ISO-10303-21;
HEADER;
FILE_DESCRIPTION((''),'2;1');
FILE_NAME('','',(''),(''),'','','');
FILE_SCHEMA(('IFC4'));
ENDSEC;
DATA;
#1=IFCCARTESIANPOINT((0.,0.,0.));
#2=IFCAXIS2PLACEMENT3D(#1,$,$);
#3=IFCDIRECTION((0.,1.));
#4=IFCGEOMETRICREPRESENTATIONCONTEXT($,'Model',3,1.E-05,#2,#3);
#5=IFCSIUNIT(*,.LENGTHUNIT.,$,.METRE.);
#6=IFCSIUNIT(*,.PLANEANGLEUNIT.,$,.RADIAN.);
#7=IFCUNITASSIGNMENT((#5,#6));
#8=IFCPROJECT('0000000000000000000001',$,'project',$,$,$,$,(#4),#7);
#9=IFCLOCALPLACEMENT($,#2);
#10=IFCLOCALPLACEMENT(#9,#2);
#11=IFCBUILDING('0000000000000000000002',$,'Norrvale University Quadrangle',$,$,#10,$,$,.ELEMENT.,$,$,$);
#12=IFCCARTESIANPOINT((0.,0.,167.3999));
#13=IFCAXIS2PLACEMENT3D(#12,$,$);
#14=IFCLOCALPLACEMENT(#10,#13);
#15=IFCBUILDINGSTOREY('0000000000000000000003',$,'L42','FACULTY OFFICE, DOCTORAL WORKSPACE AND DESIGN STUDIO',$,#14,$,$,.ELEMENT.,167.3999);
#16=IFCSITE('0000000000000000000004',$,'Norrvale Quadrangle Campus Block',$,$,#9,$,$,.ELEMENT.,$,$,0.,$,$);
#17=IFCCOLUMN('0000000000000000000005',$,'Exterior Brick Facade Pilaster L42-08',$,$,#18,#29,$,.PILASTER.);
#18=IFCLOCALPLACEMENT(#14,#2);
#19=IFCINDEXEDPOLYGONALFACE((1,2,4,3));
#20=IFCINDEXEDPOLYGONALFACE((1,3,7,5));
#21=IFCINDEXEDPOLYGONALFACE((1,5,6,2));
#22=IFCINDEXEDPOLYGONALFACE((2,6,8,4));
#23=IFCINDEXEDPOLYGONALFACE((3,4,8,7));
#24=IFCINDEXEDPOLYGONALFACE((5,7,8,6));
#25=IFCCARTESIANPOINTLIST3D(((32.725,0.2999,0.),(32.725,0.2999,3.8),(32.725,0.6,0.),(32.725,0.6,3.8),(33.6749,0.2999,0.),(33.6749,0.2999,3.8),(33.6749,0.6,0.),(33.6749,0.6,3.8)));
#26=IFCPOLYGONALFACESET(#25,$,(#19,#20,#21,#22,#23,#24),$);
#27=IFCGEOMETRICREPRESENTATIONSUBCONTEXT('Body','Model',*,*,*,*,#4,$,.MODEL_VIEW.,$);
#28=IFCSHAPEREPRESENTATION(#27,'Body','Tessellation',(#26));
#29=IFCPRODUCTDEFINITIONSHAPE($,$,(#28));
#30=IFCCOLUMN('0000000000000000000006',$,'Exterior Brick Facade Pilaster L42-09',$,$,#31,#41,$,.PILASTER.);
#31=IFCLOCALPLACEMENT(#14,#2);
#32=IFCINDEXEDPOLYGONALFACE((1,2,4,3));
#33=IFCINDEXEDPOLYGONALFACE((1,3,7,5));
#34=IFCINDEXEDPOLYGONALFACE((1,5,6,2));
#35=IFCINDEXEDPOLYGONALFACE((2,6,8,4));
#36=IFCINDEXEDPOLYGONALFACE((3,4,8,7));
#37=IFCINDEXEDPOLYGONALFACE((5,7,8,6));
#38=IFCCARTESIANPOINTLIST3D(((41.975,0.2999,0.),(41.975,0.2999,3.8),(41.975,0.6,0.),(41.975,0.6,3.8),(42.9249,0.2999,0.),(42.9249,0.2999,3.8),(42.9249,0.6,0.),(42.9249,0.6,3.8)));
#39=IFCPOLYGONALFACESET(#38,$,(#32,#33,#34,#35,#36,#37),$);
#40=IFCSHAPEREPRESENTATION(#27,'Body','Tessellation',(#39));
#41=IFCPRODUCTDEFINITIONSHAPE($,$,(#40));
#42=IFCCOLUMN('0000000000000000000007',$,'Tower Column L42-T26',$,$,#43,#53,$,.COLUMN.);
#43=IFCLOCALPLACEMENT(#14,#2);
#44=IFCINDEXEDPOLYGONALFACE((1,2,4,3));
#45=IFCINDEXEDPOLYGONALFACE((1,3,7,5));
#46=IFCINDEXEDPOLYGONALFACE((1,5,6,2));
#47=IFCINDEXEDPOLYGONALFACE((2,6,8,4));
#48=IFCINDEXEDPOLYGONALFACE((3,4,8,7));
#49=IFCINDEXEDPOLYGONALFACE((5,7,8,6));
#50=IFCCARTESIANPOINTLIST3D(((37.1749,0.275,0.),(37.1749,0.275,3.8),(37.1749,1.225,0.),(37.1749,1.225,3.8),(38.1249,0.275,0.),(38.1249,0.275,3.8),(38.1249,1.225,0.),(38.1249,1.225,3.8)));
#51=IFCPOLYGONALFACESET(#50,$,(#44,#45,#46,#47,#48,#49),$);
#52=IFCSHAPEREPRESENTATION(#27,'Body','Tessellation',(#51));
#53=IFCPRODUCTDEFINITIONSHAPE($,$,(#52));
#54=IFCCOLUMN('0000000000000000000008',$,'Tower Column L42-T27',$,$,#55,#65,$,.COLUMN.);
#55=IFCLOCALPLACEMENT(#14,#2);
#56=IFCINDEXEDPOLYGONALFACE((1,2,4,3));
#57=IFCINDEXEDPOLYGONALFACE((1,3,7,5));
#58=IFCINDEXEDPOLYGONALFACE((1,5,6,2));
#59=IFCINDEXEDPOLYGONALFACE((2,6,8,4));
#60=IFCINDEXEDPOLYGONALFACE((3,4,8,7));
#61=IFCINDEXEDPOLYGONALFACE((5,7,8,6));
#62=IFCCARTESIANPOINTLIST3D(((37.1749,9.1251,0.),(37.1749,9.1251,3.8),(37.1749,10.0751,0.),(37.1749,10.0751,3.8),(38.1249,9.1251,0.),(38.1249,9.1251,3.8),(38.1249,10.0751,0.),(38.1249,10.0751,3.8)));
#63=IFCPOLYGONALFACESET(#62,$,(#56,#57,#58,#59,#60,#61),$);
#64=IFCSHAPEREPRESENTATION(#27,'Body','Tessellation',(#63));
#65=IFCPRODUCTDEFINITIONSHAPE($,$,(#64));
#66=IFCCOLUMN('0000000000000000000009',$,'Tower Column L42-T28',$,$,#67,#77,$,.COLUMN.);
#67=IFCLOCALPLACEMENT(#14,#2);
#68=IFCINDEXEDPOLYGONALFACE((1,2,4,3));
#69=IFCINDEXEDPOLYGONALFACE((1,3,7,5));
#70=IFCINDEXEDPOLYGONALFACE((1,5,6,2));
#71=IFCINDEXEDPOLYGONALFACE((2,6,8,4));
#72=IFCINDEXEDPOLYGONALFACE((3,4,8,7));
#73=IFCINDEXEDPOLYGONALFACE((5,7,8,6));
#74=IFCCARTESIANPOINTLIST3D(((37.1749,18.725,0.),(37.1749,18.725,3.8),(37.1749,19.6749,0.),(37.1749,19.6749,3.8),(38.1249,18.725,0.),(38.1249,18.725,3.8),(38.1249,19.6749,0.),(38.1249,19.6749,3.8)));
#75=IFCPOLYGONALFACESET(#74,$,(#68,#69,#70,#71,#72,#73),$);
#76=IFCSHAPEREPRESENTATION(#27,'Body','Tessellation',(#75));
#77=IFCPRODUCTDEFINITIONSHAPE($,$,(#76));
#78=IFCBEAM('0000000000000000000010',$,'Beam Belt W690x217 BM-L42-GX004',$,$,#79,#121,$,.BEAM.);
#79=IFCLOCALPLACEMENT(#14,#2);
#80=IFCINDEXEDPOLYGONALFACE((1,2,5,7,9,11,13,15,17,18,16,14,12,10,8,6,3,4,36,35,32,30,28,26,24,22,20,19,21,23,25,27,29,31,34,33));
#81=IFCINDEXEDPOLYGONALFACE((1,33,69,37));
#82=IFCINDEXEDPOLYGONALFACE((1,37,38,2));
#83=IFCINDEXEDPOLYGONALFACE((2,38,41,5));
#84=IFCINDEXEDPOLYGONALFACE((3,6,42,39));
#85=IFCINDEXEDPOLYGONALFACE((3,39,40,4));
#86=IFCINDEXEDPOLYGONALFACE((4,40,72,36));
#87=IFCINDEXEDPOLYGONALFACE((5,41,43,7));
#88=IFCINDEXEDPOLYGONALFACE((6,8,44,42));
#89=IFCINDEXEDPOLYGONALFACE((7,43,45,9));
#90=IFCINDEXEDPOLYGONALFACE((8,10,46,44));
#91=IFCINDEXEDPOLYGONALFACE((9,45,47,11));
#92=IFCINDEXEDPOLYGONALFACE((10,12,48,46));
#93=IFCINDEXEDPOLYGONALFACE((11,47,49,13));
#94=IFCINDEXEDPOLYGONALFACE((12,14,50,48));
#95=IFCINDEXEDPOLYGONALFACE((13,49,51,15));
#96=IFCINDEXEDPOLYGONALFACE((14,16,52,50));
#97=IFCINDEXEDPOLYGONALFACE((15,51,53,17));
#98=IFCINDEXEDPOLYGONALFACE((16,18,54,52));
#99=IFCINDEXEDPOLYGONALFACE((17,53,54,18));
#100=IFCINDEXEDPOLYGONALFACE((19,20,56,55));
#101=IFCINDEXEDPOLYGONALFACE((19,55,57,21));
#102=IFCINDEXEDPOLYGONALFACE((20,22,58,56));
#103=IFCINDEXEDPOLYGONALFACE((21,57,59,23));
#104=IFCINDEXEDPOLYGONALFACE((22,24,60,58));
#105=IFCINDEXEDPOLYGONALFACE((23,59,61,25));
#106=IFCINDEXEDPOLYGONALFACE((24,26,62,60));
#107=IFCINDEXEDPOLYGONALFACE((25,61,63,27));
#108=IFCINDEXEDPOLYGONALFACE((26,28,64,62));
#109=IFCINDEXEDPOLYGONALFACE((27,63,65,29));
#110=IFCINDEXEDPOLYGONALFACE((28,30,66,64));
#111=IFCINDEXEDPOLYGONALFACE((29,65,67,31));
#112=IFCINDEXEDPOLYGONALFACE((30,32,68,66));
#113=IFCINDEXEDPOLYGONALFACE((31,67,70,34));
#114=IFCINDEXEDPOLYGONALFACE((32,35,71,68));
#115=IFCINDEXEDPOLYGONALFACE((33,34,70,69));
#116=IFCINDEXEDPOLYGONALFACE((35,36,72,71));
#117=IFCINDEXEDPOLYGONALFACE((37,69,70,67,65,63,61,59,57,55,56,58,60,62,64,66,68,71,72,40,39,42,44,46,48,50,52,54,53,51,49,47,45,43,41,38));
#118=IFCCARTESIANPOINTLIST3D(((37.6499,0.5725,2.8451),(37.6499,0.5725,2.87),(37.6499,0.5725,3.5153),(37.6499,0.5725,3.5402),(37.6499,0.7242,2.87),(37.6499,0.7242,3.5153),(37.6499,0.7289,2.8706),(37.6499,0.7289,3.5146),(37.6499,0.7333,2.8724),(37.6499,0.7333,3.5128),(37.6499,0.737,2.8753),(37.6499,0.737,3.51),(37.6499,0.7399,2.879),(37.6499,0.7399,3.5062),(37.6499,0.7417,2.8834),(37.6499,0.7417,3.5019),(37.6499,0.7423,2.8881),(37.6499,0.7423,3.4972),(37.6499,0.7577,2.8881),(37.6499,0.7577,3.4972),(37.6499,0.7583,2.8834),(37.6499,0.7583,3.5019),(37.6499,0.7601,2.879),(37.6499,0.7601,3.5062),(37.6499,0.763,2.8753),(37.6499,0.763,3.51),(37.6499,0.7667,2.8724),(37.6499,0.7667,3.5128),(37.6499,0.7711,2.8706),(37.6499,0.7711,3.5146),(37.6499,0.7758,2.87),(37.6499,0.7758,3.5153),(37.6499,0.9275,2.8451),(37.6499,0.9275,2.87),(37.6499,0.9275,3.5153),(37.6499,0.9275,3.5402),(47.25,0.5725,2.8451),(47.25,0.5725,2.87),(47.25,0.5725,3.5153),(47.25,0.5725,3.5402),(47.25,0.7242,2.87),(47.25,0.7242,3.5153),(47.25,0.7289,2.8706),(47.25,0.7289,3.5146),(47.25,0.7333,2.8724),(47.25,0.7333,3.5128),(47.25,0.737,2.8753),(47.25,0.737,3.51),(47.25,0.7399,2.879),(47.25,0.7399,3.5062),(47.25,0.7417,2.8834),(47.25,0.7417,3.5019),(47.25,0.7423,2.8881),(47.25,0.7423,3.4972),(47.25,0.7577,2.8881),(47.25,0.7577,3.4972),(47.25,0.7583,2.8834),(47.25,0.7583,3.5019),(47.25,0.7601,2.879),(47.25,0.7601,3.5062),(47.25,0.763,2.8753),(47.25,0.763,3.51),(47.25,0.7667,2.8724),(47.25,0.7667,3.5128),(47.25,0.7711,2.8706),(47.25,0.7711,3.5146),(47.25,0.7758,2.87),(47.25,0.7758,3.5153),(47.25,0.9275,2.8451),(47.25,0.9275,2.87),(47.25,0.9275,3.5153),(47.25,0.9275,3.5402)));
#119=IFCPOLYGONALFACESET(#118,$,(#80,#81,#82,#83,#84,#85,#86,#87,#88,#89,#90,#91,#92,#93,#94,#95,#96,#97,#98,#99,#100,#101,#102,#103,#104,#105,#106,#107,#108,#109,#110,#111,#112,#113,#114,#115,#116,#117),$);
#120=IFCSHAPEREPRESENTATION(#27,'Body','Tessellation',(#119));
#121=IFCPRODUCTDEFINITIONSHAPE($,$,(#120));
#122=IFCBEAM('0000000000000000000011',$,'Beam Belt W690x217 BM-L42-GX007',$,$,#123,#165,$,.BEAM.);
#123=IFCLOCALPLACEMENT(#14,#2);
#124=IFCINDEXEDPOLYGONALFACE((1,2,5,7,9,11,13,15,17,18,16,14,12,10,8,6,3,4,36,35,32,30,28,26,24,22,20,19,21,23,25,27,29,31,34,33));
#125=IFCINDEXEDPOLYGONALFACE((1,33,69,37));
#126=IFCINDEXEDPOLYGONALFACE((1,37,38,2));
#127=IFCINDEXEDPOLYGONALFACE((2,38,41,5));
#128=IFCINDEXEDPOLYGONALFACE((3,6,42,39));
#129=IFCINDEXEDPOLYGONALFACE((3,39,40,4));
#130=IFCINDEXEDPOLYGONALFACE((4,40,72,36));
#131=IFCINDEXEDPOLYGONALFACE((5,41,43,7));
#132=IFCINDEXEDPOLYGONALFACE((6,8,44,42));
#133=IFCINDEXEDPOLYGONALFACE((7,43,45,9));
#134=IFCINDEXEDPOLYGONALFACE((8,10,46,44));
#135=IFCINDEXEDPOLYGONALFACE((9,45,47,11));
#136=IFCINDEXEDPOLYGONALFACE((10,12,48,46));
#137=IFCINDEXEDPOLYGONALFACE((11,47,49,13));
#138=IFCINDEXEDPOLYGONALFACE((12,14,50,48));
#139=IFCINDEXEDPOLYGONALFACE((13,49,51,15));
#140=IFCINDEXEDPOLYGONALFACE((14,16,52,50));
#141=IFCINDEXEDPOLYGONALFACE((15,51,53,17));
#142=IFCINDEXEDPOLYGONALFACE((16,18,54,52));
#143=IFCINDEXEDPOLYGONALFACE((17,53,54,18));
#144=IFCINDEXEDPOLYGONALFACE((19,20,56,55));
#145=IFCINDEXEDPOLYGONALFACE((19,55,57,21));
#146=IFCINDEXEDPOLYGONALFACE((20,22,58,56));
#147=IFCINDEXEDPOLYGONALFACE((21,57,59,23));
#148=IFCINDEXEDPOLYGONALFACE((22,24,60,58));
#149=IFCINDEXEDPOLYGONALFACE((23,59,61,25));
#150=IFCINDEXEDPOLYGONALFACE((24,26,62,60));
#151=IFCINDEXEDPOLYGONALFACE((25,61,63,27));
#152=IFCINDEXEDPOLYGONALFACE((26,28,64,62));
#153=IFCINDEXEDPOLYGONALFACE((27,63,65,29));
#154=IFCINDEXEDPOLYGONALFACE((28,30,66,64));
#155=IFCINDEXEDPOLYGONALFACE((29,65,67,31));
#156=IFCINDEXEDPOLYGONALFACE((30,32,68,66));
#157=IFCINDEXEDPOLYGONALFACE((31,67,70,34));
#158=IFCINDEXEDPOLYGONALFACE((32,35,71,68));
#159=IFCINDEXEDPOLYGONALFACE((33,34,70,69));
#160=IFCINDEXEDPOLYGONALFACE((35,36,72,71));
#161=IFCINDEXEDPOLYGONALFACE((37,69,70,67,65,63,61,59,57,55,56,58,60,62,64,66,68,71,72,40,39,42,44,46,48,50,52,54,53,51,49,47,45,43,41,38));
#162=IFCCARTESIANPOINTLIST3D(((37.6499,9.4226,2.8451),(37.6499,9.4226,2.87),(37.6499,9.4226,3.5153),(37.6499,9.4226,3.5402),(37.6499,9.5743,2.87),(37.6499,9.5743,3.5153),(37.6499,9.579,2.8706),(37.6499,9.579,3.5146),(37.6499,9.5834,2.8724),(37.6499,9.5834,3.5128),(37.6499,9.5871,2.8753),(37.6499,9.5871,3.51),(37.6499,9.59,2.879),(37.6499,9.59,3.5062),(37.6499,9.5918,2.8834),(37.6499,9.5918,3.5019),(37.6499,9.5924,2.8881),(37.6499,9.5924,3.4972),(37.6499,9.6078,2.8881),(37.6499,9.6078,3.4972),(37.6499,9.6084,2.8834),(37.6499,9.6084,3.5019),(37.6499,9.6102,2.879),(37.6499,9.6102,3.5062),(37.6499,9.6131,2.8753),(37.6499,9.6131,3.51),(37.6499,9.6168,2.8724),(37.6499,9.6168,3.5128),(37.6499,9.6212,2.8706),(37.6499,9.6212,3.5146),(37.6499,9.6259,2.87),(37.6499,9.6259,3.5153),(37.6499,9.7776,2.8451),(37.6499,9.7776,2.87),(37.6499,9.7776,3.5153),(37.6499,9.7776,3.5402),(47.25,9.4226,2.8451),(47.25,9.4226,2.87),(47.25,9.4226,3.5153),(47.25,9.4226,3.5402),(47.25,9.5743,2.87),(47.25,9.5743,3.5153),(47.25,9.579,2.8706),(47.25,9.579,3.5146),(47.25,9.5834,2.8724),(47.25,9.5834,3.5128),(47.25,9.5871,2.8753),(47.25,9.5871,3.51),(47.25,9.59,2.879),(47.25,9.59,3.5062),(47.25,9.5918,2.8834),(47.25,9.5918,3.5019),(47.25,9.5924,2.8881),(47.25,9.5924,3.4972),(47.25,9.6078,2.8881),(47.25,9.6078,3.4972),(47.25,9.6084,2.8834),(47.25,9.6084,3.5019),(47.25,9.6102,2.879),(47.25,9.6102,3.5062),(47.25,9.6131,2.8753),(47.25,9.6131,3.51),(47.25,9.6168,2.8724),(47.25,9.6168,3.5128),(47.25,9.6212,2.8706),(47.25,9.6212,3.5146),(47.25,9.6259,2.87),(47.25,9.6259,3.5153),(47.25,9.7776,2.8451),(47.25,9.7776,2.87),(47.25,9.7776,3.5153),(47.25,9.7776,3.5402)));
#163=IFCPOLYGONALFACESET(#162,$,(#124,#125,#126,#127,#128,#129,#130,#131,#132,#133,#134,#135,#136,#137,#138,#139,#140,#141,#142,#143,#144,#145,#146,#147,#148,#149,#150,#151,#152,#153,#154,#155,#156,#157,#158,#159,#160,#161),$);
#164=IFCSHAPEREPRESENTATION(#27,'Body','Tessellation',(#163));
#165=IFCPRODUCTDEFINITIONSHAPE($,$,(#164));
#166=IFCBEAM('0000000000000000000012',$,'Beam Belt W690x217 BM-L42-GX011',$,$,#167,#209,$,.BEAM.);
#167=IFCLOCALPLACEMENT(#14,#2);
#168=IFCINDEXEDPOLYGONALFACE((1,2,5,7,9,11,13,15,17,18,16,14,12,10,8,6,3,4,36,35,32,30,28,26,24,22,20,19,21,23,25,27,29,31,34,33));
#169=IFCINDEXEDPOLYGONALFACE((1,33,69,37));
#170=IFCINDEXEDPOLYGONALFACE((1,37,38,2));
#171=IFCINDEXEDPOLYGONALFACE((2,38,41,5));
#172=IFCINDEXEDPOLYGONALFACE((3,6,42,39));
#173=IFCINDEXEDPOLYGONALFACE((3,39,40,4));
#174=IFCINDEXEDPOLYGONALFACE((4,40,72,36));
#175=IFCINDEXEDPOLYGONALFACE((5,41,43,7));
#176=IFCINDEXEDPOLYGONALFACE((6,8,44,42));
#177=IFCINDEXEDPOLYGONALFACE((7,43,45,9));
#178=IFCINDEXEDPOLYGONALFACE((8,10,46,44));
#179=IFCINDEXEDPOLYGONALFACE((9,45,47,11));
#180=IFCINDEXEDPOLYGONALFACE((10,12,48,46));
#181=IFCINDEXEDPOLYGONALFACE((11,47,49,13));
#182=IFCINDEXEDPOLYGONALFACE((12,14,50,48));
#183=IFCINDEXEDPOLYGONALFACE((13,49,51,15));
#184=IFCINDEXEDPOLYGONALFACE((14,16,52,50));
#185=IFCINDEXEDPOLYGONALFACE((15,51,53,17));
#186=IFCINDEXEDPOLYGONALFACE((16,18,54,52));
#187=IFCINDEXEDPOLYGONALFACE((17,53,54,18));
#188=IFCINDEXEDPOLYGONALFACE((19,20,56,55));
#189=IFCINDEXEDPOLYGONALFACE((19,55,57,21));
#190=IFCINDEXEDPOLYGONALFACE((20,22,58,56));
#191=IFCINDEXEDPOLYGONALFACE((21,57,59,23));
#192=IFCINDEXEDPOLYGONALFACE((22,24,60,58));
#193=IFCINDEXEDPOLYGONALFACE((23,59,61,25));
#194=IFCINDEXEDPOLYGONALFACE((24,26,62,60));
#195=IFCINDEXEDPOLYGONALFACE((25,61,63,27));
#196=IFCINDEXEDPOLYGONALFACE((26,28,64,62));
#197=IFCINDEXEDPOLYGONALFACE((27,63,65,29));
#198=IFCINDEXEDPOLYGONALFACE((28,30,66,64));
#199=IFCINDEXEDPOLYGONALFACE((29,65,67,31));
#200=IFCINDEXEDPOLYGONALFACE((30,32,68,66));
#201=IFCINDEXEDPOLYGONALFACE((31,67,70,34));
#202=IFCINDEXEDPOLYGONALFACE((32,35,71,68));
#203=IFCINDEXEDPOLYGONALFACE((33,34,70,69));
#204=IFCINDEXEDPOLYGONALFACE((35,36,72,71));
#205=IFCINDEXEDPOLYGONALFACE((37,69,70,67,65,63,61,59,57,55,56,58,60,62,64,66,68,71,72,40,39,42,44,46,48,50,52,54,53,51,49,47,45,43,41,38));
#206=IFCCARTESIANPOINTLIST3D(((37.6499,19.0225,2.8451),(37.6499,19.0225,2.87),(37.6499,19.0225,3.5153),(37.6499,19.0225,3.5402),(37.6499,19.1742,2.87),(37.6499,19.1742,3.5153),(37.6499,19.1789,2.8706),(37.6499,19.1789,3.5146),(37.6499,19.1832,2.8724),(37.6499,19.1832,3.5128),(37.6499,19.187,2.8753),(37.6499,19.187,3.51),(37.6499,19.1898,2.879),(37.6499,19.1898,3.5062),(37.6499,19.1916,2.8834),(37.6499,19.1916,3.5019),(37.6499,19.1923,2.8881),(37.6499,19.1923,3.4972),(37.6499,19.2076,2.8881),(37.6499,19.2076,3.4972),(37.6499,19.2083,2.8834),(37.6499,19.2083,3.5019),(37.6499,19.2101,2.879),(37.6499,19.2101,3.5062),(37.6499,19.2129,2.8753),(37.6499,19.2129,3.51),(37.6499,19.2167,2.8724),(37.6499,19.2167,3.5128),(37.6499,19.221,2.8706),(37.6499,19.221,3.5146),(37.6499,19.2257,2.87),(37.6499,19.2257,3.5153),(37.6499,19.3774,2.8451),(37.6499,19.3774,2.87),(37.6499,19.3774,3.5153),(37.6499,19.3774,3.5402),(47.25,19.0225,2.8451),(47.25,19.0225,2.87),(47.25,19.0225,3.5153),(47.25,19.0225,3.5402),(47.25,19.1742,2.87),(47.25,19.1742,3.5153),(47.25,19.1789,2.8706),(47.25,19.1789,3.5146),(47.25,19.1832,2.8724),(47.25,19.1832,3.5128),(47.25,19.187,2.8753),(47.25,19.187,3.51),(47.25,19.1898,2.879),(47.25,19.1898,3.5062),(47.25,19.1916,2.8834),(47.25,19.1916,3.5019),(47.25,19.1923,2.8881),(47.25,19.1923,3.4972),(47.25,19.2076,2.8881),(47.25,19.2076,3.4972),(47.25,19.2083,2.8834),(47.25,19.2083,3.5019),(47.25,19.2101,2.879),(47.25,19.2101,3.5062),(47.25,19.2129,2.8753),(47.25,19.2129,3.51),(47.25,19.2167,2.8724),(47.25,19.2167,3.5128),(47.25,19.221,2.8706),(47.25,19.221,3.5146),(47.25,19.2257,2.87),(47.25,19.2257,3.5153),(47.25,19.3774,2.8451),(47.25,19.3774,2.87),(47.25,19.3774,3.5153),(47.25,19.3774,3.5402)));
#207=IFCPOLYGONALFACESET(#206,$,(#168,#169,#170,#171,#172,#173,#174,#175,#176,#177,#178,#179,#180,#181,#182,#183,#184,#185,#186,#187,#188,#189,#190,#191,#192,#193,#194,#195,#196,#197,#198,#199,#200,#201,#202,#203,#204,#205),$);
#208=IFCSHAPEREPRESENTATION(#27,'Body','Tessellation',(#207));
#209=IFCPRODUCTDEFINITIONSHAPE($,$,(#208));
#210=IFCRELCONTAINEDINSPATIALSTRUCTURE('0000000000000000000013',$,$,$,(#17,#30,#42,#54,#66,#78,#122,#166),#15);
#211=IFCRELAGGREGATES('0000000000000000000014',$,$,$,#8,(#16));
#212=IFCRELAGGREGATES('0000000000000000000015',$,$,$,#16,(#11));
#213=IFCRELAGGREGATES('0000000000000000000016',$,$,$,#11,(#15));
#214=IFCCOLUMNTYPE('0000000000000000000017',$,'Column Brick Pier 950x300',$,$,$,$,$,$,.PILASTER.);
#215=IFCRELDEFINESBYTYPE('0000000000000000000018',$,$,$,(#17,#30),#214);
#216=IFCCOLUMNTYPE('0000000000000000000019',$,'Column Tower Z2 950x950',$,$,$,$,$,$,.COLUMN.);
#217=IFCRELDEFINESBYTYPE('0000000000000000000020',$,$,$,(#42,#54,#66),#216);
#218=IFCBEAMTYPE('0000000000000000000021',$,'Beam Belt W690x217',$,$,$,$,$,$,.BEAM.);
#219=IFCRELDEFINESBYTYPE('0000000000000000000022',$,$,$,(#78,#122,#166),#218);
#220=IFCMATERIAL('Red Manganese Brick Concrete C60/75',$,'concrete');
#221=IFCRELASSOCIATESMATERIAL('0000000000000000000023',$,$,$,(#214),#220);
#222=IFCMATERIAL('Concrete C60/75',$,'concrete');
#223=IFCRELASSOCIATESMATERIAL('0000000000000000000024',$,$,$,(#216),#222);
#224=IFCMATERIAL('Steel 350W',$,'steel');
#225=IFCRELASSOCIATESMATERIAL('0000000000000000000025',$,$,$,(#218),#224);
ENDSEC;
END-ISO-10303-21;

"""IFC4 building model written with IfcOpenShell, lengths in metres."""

from ifc_helpers import new_model, si_unit, direction, frame, origin, origin_2d, place, context, subcontext, project, spatial, rectangle, i_section, extrude, material, material_profile, profile_set, type_object, element, save


model = new_model("IFC4")

# Units and contexts
model_context = context("Model", 3, precision=1e-05, world=origin(), true_north=direction((0.0, 1.0)))
body_context = subcontext(model_context, "Body", "Model", "MODEL_VIEW")
ifc_project = project(units=[si_unit("LENGTHUNIT", "METRE"), si_unit("PLANEANGLEUNIT", "RADIAN")], contexts=[model_context])

# Site, building, storey
site_placement = place(None, origin())
site = spatial("IfcSite", under=ifc_project, at=site_placement, Name="Norrvale Quadrangle Campus Block", CompositionType="ELEMENT", RefElevation=0.0)
building_placement = place(site_placement, origin())
building = spatial("IfcBuilding", under=site, at=building_placement, Name="Norrvale University Quadrangle", CompositionType="ELEMENT")
storey_placement = place(building_placement, frame((0.0, 0.0, 167.3999)))
storey = spatial("IfcBuildingStorey", under=building, at=storey_placement, Name="L42", Description="FACULTY OFFICE, DOCTORAL WORKSPACE AND DESIGN STUDIO", CompositionType="ELEMENT", Elevation=167.3999)

# Columns
ifc_material_1 = material(Name="Red Manganese Brick Concrete C60/75", Category="concrete")
ifc_material_profile_1 = material_profile(ifc_material_1, rectangle(XDim=0.95, YDim=0.3, at=origin_2d()), Name="Red Manganese Brick Concrete C60/75")
ifc_profile_set_1 = profile_set([ifc_material_profile_1], Name="Red Manganese Brick Concrete C60/75")
column_type_1 = type_object("IfcColumnType", Name="Column Brick Pier 950x300", PredefinedType="PILASTER", material=ifc_profile_set_1)
for number, where, z_axis, x_axis, name in (
    (1, (33.2, 0.45, 0.0), (0.0, 0.0, 1.0), (1.0, 0.0, 0.0), "Exterior Brick Facade Pilaster L42-08"),
    (2, (42.45, 0.45, 0.0), (0.0, 0.0, 1.0), (1.0, 0.0, 0.0), "Exterior Brick Facade Pilaster L42-09"),
):
    element("IfcColumn", number, at=place(storey_placement, frame(where, z_axis=z_axis, x_axis=x_axis)), inside=storey, type_object=column_type_1, Name=name, PredefinedType="PILASTER", context=body_context, shape_type="SweptSolid", body=[
        extrude(rectangle(XDim=0.95, YDim=0.3, at=origin_2d()), origin(), (0.0, 0.0, 1.0), 3.8),
    ])
ifc_material_2 = material(Name="Concrete C60/75", Category="concrete")
ifc_material_profile_2 = material_profile(ifc_material_2, rectangle(XDim=0.95, YDim=0.95, at=origin_2d()), Name="Concrete C60/75")
ifc_profile_set_2 = profile_set([ifc_material_profile_2], Name="Concrete C60/75")
column_type_2 = type_object("IfcColumnType", Name="Column Tower Z2 950x950", PredefinedType="COLUMN", material=ifc_profile_set_2)
for number, where, z_axis, x_axis, name in (
    (3, (37.6499, 0.75, 0.0), (0.0, 0.0, 1.0), (1.0, 0.0, 0.0), "Tower Column L42-T26"),
    (4, (37.6499, 9.6001, 0.0), (0.0, 0.0, 1.0), (1.0, 0.0, 0.0), "Tower Column L42-T27"),
    (5, (37.6499, 19.2, 0.0), (0.0, 0.0, 1.0), (1.0, 0.0, 0.0), "Tower Column L42-T28"),
):
    element("IfcColumn", number, at=place(storey_placement, frame(where, z_axis=z_axis, x_axis=x_axis)), inside=storey, type_object=column_type_2, Name=name, PredefinedType="COLUMN", context=body_context, shape_type="SweptSolid", body=[
        extrude(rectangle(XDim=0.95, YDim=0.95, at=origin_2d()), origin(), (0.0, 0.0, 1.0), 3.8),
    ])

# Beams
ifc_material_3 = material(Name="Steel 350W", Category="steel")
ifc_material_profile_3 = material_profile(ifc_material_3, i_section(OverallWidth=0.355, OverallDepth=0.6951, WebThickness=0.0154, FlangeThickness=0.0249, FilletRadius=0.0181, at=origin_2d()), Name="Steel 350W")
ifc_profile_set_3 = profile_set([ifc_material_profile_3], Name="Steel 350W")
beam_type_1 = type_object("IfcBeamType", Name="Beam Belt W690x217", PredefinedType="BEAM", material=ifc_profile_set_3)
for number, where, z_axis, x_axis, name in (
    (6, (37.6499, 0.75, 3.1926), (1.0, 0.0, 0.0), (0.0, 1.0, 0.0), "Beam Belt W690x217 BM-L42-GX004"),
    (7, (37.6499, 9.6001, 3.1926), (1.0, 0.0, 0.0), (0.0, 1.0, 0.0), "Beam Belt W690x217 BM-L42-GX007"),
    (8, (37.6499, 19.2, 3.1926), (1.0, 0.0, 0.0), (0.0, 1.0, 0.0), "Beam Belt W690x217 BM-L42-GX011"),
):
    element("IfcBeam", number, at=place(storey_placement, frame(where, z_axis=z_axis, x_axis=x_axis)), inside=storey, type_object=beam_type_1, Name=name, PredefinedType="BEAM", context=body_context, shape_type="SweptSolid", body=[
        extrude(i_section(OverallWidth=0.355, OverallDepth=0.6951, WebThickness=0.0154, FlangeThickness=0.0249, FilletRadius=0.0181, at=origin_2d()), origin(), (0.0, 0.0, 1.0), 9.6001),
    ])

save(model, "model.ifc")
